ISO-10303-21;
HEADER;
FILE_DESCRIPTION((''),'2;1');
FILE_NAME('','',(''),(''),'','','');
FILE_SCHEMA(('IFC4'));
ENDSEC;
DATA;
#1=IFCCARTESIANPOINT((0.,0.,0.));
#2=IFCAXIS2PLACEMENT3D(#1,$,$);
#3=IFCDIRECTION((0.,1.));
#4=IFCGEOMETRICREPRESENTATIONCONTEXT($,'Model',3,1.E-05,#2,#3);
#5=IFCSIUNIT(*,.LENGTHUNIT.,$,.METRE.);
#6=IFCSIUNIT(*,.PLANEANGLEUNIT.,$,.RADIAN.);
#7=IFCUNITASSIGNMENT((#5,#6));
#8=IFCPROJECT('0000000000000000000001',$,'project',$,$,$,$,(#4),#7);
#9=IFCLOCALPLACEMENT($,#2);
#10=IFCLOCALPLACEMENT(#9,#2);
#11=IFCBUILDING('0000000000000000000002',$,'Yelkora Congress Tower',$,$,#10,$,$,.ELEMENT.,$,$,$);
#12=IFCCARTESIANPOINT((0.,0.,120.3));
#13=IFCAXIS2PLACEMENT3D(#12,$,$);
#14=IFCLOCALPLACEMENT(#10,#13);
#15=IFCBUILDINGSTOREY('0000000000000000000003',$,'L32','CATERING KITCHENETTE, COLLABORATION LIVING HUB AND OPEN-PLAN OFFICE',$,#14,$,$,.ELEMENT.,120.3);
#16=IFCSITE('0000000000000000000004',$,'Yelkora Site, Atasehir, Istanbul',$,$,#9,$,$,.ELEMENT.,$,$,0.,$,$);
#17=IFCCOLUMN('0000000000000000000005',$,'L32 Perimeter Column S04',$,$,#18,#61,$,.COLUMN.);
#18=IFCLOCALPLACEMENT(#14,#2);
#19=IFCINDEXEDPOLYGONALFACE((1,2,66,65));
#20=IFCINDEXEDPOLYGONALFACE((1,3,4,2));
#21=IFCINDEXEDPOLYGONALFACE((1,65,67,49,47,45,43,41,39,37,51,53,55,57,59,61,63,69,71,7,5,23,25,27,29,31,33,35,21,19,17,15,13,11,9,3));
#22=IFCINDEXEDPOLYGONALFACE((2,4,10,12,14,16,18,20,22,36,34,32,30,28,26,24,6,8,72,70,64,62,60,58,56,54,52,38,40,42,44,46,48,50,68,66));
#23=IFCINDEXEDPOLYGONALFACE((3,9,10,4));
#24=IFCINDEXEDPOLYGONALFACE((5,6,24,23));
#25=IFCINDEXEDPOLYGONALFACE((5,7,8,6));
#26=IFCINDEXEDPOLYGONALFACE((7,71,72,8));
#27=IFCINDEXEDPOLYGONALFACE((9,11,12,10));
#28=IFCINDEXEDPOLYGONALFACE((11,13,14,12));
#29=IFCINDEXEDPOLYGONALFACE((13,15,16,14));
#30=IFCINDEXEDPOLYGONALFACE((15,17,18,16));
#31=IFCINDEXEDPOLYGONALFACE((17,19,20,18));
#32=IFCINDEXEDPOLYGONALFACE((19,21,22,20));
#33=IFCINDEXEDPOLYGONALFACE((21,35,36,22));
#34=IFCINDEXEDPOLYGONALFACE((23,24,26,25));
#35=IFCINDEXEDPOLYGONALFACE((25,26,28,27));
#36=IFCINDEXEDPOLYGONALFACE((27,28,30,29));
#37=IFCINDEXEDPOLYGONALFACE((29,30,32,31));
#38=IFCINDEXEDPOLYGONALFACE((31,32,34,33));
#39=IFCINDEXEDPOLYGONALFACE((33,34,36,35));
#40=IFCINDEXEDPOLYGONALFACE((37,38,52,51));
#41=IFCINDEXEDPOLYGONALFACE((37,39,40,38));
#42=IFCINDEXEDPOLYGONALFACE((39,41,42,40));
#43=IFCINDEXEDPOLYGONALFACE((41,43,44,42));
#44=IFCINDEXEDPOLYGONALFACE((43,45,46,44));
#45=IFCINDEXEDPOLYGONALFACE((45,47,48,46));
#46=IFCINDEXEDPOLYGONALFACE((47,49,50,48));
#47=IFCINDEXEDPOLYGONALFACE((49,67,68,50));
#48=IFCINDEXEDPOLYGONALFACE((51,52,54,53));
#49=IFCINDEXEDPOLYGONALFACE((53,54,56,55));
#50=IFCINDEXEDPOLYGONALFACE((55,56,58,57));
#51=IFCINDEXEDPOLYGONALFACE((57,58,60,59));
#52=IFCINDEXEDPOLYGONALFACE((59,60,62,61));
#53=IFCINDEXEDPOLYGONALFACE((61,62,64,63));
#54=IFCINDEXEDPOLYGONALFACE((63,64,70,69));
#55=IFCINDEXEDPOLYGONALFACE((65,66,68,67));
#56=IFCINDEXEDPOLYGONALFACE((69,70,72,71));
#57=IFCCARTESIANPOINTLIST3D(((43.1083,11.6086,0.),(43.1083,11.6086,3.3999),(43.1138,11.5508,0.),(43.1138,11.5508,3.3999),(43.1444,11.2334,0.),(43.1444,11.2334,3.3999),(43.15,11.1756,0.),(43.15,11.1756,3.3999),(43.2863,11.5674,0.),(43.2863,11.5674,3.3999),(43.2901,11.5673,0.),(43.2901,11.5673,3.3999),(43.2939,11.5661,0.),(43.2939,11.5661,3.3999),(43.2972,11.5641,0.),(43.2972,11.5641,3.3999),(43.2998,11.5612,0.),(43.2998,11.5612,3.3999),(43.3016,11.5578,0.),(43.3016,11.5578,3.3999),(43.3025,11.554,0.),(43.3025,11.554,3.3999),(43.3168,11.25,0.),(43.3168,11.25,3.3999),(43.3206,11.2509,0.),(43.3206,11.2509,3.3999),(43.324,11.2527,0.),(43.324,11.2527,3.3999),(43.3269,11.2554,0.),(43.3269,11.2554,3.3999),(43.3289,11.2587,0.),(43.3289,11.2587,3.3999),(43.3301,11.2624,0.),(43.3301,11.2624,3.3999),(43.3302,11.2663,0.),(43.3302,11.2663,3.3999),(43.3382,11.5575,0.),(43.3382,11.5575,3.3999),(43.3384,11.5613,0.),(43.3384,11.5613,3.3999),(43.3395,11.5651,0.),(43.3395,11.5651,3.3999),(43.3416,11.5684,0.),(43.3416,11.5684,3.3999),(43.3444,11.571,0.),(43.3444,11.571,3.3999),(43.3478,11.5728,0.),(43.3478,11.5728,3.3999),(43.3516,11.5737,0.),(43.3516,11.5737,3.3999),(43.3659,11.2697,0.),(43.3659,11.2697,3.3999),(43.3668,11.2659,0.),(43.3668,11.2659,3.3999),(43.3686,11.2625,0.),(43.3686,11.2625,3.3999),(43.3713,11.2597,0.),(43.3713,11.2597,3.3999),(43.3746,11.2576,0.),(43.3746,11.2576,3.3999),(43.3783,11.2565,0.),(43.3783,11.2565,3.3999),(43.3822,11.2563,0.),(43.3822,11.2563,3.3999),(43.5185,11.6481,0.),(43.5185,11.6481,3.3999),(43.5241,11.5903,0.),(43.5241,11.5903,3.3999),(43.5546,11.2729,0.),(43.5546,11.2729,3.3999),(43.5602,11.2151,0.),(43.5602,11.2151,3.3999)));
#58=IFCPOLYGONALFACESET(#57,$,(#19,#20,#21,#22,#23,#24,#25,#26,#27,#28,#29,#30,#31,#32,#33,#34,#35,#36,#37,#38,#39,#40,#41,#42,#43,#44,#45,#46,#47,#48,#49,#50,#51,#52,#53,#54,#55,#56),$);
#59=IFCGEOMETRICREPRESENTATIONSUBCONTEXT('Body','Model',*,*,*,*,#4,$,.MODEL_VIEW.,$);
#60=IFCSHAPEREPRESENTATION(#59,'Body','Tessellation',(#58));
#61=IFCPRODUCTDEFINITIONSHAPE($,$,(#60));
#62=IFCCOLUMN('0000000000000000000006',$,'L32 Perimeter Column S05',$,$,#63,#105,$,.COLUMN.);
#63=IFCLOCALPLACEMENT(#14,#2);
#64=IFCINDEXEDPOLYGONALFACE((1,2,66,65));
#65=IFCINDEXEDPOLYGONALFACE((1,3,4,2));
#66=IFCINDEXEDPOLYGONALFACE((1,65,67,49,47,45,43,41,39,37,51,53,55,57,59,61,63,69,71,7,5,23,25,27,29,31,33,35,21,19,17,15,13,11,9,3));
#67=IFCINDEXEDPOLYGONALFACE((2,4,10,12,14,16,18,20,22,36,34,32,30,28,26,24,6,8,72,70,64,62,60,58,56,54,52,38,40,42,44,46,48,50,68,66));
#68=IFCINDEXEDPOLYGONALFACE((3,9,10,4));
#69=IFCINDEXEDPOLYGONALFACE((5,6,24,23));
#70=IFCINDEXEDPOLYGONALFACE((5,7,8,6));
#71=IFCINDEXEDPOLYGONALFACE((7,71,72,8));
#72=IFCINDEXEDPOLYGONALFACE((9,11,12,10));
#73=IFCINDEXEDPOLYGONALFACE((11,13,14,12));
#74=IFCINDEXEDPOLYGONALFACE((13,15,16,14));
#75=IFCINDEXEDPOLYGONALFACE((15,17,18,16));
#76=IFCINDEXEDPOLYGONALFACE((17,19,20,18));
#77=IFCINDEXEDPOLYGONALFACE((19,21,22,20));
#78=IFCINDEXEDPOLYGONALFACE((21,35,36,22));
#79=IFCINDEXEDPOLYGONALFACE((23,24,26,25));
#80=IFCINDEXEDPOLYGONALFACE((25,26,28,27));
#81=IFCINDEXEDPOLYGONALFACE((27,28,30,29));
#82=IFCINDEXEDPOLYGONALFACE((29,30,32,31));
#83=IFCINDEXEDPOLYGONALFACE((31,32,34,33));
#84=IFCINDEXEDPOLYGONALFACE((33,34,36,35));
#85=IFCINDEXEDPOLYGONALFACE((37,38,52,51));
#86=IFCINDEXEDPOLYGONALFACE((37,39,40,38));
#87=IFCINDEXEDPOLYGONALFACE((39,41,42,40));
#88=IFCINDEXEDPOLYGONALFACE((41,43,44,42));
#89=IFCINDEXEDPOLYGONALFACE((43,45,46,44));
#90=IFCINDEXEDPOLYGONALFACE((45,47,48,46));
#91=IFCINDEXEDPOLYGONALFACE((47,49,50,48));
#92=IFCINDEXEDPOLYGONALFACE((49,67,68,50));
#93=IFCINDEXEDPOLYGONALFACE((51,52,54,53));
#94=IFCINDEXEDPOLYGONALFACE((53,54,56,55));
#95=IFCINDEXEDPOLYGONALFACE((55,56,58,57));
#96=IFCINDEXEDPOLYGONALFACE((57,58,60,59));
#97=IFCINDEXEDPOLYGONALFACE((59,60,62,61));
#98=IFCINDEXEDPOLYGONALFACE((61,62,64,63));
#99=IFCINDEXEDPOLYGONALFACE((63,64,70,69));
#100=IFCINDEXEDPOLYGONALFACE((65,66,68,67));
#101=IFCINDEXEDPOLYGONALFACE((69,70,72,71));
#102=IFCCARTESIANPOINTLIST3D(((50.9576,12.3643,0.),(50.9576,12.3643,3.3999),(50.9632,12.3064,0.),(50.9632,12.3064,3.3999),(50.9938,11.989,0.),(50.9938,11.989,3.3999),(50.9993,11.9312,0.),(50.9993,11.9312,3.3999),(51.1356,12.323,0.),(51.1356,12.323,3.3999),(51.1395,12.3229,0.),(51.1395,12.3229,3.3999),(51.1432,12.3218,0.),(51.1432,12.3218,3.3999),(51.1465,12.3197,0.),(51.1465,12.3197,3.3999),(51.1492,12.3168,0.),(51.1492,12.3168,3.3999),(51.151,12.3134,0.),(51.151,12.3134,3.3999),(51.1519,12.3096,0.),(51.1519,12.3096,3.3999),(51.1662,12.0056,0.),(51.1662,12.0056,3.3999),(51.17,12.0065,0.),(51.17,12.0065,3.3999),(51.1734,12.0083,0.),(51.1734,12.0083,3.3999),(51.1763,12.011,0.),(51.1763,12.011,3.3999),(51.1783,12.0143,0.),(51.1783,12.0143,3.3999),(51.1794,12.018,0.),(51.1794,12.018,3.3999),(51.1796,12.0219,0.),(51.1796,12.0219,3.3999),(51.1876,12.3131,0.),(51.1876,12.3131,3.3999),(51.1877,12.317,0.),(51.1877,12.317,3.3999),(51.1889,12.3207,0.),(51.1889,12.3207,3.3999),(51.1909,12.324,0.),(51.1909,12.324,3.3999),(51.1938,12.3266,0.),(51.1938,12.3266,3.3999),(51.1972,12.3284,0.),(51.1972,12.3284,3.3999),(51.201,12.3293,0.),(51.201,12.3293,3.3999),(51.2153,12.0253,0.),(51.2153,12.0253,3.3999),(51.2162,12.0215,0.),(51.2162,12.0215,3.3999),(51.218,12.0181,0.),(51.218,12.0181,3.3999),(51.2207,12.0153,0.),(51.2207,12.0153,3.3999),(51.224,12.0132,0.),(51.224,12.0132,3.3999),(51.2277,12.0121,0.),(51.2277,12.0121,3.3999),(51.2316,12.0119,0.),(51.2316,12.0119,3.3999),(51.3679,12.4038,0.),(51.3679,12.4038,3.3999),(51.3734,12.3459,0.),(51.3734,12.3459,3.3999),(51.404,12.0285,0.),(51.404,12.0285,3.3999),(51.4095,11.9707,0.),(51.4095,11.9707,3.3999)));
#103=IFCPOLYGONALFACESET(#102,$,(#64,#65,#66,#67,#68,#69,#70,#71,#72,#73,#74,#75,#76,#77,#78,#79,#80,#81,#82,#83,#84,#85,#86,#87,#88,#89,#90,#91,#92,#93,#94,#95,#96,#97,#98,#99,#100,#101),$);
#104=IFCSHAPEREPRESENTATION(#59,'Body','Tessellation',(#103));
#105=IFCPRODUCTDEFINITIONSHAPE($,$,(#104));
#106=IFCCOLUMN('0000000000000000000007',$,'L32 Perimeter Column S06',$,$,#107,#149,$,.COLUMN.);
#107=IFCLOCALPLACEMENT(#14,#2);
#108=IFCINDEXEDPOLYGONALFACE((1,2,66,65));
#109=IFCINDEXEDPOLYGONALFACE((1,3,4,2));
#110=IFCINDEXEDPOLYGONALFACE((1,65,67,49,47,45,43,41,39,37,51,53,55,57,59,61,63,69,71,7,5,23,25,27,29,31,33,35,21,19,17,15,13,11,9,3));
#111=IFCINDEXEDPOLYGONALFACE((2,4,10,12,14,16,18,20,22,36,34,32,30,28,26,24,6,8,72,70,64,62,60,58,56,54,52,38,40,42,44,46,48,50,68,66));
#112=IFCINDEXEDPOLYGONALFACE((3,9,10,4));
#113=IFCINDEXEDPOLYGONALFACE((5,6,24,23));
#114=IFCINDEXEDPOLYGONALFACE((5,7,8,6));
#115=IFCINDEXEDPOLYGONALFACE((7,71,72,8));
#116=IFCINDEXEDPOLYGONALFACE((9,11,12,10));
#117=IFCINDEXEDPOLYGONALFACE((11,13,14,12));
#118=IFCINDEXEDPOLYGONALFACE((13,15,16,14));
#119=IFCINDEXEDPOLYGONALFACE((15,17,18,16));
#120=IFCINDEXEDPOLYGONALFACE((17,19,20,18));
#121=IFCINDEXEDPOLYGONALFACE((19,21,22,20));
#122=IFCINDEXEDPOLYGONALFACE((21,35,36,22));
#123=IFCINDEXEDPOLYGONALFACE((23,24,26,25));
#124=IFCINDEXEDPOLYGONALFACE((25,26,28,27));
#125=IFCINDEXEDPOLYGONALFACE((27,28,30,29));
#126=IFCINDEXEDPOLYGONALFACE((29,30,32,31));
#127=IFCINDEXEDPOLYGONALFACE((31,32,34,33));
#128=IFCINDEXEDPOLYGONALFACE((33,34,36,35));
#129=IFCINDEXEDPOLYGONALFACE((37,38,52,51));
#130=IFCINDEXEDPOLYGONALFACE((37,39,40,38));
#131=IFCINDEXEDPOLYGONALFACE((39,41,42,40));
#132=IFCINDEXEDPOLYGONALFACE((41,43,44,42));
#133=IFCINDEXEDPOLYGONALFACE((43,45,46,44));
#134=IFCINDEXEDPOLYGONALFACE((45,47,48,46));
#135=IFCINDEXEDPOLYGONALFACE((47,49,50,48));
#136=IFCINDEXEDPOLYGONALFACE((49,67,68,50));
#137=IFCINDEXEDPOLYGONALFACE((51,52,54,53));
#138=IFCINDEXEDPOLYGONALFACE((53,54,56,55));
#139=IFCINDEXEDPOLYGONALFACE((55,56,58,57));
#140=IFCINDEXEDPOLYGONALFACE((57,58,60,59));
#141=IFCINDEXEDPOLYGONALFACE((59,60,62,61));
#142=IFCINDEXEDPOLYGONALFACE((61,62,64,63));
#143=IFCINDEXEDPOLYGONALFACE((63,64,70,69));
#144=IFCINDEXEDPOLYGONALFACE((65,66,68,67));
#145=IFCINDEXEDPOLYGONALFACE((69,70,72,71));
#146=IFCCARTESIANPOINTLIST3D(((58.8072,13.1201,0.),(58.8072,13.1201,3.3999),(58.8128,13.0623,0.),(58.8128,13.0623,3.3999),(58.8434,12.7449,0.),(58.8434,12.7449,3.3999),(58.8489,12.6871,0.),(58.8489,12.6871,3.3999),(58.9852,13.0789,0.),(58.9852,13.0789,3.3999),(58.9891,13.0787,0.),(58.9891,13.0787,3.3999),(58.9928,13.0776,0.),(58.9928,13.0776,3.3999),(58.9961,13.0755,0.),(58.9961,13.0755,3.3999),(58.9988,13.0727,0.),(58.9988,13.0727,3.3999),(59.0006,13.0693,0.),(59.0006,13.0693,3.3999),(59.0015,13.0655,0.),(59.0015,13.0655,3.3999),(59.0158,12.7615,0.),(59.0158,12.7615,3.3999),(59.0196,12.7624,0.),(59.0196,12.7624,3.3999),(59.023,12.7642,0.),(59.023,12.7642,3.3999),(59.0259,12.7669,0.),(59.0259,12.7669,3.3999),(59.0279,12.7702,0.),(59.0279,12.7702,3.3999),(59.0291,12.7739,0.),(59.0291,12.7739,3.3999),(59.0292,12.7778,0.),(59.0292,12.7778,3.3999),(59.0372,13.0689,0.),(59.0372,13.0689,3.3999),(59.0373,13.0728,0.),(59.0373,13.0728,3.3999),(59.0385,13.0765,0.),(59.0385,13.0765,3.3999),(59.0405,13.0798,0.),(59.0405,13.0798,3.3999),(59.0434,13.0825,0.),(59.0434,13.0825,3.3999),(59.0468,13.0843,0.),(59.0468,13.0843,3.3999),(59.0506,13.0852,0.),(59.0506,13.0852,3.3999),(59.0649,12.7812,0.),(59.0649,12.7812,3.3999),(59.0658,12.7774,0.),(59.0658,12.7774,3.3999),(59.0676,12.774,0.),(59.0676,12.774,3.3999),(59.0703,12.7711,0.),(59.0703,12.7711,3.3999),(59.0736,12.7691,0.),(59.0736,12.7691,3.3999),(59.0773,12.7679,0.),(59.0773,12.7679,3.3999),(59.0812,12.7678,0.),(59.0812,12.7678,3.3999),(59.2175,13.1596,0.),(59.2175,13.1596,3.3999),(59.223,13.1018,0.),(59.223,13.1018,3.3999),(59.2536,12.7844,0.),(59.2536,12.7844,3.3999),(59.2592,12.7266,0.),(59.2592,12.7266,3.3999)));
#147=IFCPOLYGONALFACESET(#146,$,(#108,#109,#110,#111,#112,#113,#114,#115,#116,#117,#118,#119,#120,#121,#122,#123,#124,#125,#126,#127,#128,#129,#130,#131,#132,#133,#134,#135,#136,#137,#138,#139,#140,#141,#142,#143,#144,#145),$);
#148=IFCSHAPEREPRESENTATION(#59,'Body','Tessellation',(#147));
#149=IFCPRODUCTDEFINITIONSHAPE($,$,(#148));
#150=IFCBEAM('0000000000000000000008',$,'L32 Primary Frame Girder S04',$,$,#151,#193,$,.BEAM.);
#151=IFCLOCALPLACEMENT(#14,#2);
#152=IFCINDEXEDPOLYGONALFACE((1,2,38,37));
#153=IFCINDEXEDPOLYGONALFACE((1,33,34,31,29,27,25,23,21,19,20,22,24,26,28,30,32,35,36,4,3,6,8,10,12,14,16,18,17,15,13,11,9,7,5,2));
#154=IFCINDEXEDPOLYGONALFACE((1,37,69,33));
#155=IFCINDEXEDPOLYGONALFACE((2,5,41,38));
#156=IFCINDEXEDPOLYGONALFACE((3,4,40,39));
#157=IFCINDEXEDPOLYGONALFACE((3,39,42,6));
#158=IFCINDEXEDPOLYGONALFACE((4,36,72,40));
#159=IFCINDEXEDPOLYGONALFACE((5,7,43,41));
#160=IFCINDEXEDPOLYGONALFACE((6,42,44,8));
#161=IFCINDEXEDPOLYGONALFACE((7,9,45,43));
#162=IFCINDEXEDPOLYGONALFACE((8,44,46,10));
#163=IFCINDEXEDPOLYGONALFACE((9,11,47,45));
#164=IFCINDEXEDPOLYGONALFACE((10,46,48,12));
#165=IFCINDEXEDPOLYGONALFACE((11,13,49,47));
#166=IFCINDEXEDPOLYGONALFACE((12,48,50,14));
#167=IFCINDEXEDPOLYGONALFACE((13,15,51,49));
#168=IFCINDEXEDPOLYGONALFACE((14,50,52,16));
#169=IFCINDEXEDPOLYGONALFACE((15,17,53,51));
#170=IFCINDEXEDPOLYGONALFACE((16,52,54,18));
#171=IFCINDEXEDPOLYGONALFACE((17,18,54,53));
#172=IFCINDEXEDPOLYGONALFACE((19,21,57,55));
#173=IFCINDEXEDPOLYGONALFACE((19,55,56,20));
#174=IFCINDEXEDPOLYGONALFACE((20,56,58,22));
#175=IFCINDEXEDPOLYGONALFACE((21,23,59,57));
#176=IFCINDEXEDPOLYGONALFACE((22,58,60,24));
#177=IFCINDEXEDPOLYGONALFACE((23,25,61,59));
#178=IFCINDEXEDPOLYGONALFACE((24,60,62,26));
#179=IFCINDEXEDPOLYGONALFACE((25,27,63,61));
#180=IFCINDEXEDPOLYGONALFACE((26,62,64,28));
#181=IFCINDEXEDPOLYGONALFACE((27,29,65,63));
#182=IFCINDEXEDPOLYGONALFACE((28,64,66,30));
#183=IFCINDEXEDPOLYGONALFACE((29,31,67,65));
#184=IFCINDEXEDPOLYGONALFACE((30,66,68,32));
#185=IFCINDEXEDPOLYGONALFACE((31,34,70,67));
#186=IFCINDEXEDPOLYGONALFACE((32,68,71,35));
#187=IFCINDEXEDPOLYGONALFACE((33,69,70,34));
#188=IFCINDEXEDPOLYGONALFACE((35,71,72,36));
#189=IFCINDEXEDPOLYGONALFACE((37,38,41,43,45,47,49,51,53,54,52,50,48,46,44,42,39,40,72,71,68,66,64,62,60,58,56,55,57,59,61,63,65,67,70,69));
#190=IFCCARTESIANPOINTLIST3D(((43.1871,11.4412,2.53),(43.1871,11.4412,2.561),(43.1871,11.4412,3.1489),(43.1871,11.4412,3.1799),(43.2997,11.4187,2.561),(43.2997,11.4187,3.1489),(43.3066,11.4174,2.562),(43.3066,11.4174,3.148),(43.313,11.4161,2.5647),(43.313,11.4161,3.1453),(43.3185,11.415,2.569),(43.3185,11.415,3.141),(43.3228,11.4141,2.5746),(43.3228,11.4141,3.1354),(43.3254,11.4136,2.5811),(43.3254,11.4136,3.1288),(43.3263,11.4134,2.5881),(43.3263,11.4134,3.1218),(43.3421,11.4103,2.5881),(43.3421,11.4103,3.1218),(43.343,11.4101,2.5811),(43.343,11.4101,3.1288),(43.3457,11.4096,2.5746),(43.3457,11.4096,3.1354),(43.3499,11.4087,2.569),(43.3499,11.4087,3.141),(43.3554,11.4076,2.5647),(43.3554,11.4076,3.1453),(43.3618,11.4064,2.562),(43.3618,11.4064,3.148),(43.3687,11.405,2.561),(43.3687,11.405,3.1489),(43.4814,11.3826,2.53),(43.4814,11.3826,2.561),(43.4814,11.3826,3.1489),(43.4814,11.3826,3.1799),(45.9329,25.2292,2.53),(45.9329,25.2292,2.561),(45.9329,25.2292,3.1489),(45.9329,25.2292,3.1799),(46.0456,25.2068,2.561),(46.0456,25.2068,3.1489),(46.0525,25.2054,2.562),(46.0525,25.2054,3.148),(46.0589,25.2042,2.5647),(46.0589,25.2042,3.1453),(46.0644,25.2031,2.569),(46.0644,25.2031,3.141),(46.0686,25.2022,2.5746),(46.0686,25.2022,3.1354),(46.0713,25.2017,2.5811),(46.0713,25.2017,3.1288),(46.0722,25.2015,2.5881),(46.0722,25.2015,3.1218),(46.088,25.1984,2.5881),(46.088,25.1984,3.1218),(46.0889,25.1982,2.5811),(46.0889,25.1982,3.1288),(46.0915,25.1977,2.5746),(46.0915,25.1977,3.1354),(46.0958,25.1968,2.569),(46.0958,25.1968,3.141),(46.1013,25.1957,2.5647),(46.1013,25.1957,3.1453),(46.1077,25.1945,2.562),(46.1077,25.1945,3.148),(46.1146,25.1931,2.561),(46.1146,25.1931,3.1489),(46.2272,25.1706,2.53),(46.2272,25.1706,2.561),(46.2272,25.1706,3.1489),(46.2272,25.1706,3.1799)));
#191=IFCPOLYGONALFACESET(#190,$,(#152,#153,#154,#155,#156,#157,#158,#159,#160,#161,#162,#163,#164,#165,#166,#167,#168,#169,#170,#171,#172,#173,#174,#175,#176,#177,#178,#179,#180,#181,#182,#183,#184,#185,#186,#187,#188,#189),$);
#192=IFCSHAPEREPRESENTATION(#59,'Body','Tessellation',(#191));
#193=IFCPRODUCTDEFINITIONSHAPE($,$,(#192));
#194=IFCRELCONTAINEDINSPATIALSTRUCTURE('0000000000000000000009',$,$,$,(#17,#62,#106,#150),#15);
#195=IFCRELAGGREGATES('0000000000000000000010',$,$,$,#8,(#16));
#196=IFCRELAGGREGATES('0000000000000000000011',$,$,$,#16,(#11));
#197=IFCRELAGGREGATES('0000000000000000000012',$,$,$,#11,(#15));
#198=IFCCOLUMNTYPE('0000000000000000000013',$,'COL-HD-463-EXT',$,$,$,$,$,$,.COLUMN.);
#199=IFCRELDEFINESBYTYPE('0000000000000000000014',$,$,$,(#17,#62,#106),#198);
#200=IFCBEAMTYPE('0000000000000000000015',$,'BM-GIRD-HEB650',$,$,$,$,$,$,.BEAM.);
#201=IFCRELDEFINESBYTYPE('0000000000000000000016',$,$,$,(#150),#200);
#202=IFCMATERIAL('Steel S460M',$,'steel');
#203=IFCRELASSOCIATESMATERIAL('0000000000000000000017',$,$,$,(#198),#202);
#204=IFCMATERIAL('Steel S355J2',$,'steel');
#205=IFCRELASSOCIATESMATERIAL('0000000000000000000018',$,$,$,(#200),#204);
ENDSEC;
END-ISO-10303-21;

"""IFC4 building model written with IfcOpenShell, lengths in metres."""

from ifc_helpers import new_model, si_unit, direction, frame, origin, origin_2d, place, context, subcontext, project, spatial, i_section, extrude, material, material_profile, profile_set, type_object, element, save


model = new_model("IFC4")

# Units and contexts
model_context = context("Model", 3, precision=1e-05, world=origin(), true_north=direction((0.0, 1.0)))
body_context = subcontext(model_context, "Body", "Model", "MODEL_VIEW")
ifc_project = project(units=[si_unit("LENGTHUNIT", "METRE"), si_unit("PLANEANGLEUNIT", "RADIAN")], contexts=[model_context])

# Site, building, storey
site_placement = place(None, origin())
site = spatial("IfcSite", under=ifc_project, at=site_placement, Name="Yelkora Site, Atasehir, Istanbul", CompositionType="ELEMENT", RefElevation=0.0)
building_placement = place(site_placement, origin())
building = spatial("IfcBuilding", under=site, at=building_placement, Name="Yelkora Congress Tower", CompositionType="ELEMENT")
storey_placement = place(building_placement, frame((0.0, 0.0, 120.3)))
storey = spatial("IfcBuildingStorey", under=building, at=storey_placement, Name="L32", Description="CATERING KITCHENETTE, COLLABORATION LIVING HUB AND OPEN-PLAN OFFICE", CompositionType="ELEMENT", Elevation=120.3)

# Columns
ifc_material_1 = material(Name="Steel S460M", Category="steel")
ifc_material_profile_1 = material_profile(ifc_material_1, i_section(OverallWidth=0.4121, OverallDepth=0.4351, WebThickness=0.0359, FlangeThickness=0.0581, FilletRadius=0.0149, at=origin_2d()), Name="HD 400x463")
ifc_profile_set_1 = profile_set([ifc_material_profile_1], Name="Steel S460M")
column_type = type_object("IfcColumnType", Name="COL-HD-463-EXT", PredefinedType="COLUMN", material=ifc_profile_set_1)
for number, where, z_axis, x_axis, name in (
    (1, (43.3342, 11.4119, 0.0), (0.0, 0.0, 1.0), (0.995396, 0.095846, 0.0), "L32 Perimeter Column S04"),
    (2, (51.1836, 12.1675, 0.0), (0.0, 0.0, 1.0), (0.995396, 0.095846, 0.0), "L32 Perimeter Column S05"),
    (3, (59.0332, 12.9233, 0.0), (0.0, 0.0, 1.0), (0.995396, 0.095846, 0.0), "L32 Perimeter Column S06"),
):
    element("IfcColumn", number, at=place(storey_placement, frame(where, z_axis=z_axis, x_axis=x_axis)), inside=storey, type_object=column_type, Name=name, PredefinedType="COLUMN", context=body_context, shape_type="SweptSolid", body=[
        extrude(i_section(OverallWidth=0.4121, OverallDepth=0.4351, WebThickness=0.0359, FlangeThickness=0.0581, FilletRadius=0.0149, at=origin_2d()), origin(), (0.0, 0.0, 1.0), 3.3999),
    ])

# Beam
ifc_material_2 = material(Name="Steel S355J2", Category="steel")
ifc_material_profile_2 = material_profile(ifc_material_2, i_section(OverallWidth=0.3, OverallDepth=0.6499, WebThickness=0.0161, FlangeThickness=0.031, FilletRadius=0.0271, at=origin_2d()), Name="HEB 650")
ifc_profile_set_2 = profile_set([ifc_material_profile_2], Name="Steel S355J2")
beam_type_1 = type_object("IfcBeamType", Name="BM-GIRD-HEB650", PredefinedType="BEAM", material=ifc_profile_set_2)
beam_1_placement = place(storey_placement, frame((43.3342, 11.4119, 2.855), z_axis=(0.195311, 0.980741, 0.0), x_axis=(-0.980741, 0.195311, 0.0)))
element("IfcBeam", 4, at=beam_1_placement, inside=storey, type_object=beam_type_1, Name="L32 Primary Frame Girder S04", PredefinedType="BEAM", context=body_context, shape_type="SweptSolid", body=[
    extrude(i_section(OverallWidth=0.3, OverallDepth=0.6499, WebThickness=0.0161, FlangeThickness=0.031, FilletRadius=0.0271, at=origin_2d()), origin(), (0.0, 0.0, 1.0), 14.0588),
])

save(model, "model.ifc")
